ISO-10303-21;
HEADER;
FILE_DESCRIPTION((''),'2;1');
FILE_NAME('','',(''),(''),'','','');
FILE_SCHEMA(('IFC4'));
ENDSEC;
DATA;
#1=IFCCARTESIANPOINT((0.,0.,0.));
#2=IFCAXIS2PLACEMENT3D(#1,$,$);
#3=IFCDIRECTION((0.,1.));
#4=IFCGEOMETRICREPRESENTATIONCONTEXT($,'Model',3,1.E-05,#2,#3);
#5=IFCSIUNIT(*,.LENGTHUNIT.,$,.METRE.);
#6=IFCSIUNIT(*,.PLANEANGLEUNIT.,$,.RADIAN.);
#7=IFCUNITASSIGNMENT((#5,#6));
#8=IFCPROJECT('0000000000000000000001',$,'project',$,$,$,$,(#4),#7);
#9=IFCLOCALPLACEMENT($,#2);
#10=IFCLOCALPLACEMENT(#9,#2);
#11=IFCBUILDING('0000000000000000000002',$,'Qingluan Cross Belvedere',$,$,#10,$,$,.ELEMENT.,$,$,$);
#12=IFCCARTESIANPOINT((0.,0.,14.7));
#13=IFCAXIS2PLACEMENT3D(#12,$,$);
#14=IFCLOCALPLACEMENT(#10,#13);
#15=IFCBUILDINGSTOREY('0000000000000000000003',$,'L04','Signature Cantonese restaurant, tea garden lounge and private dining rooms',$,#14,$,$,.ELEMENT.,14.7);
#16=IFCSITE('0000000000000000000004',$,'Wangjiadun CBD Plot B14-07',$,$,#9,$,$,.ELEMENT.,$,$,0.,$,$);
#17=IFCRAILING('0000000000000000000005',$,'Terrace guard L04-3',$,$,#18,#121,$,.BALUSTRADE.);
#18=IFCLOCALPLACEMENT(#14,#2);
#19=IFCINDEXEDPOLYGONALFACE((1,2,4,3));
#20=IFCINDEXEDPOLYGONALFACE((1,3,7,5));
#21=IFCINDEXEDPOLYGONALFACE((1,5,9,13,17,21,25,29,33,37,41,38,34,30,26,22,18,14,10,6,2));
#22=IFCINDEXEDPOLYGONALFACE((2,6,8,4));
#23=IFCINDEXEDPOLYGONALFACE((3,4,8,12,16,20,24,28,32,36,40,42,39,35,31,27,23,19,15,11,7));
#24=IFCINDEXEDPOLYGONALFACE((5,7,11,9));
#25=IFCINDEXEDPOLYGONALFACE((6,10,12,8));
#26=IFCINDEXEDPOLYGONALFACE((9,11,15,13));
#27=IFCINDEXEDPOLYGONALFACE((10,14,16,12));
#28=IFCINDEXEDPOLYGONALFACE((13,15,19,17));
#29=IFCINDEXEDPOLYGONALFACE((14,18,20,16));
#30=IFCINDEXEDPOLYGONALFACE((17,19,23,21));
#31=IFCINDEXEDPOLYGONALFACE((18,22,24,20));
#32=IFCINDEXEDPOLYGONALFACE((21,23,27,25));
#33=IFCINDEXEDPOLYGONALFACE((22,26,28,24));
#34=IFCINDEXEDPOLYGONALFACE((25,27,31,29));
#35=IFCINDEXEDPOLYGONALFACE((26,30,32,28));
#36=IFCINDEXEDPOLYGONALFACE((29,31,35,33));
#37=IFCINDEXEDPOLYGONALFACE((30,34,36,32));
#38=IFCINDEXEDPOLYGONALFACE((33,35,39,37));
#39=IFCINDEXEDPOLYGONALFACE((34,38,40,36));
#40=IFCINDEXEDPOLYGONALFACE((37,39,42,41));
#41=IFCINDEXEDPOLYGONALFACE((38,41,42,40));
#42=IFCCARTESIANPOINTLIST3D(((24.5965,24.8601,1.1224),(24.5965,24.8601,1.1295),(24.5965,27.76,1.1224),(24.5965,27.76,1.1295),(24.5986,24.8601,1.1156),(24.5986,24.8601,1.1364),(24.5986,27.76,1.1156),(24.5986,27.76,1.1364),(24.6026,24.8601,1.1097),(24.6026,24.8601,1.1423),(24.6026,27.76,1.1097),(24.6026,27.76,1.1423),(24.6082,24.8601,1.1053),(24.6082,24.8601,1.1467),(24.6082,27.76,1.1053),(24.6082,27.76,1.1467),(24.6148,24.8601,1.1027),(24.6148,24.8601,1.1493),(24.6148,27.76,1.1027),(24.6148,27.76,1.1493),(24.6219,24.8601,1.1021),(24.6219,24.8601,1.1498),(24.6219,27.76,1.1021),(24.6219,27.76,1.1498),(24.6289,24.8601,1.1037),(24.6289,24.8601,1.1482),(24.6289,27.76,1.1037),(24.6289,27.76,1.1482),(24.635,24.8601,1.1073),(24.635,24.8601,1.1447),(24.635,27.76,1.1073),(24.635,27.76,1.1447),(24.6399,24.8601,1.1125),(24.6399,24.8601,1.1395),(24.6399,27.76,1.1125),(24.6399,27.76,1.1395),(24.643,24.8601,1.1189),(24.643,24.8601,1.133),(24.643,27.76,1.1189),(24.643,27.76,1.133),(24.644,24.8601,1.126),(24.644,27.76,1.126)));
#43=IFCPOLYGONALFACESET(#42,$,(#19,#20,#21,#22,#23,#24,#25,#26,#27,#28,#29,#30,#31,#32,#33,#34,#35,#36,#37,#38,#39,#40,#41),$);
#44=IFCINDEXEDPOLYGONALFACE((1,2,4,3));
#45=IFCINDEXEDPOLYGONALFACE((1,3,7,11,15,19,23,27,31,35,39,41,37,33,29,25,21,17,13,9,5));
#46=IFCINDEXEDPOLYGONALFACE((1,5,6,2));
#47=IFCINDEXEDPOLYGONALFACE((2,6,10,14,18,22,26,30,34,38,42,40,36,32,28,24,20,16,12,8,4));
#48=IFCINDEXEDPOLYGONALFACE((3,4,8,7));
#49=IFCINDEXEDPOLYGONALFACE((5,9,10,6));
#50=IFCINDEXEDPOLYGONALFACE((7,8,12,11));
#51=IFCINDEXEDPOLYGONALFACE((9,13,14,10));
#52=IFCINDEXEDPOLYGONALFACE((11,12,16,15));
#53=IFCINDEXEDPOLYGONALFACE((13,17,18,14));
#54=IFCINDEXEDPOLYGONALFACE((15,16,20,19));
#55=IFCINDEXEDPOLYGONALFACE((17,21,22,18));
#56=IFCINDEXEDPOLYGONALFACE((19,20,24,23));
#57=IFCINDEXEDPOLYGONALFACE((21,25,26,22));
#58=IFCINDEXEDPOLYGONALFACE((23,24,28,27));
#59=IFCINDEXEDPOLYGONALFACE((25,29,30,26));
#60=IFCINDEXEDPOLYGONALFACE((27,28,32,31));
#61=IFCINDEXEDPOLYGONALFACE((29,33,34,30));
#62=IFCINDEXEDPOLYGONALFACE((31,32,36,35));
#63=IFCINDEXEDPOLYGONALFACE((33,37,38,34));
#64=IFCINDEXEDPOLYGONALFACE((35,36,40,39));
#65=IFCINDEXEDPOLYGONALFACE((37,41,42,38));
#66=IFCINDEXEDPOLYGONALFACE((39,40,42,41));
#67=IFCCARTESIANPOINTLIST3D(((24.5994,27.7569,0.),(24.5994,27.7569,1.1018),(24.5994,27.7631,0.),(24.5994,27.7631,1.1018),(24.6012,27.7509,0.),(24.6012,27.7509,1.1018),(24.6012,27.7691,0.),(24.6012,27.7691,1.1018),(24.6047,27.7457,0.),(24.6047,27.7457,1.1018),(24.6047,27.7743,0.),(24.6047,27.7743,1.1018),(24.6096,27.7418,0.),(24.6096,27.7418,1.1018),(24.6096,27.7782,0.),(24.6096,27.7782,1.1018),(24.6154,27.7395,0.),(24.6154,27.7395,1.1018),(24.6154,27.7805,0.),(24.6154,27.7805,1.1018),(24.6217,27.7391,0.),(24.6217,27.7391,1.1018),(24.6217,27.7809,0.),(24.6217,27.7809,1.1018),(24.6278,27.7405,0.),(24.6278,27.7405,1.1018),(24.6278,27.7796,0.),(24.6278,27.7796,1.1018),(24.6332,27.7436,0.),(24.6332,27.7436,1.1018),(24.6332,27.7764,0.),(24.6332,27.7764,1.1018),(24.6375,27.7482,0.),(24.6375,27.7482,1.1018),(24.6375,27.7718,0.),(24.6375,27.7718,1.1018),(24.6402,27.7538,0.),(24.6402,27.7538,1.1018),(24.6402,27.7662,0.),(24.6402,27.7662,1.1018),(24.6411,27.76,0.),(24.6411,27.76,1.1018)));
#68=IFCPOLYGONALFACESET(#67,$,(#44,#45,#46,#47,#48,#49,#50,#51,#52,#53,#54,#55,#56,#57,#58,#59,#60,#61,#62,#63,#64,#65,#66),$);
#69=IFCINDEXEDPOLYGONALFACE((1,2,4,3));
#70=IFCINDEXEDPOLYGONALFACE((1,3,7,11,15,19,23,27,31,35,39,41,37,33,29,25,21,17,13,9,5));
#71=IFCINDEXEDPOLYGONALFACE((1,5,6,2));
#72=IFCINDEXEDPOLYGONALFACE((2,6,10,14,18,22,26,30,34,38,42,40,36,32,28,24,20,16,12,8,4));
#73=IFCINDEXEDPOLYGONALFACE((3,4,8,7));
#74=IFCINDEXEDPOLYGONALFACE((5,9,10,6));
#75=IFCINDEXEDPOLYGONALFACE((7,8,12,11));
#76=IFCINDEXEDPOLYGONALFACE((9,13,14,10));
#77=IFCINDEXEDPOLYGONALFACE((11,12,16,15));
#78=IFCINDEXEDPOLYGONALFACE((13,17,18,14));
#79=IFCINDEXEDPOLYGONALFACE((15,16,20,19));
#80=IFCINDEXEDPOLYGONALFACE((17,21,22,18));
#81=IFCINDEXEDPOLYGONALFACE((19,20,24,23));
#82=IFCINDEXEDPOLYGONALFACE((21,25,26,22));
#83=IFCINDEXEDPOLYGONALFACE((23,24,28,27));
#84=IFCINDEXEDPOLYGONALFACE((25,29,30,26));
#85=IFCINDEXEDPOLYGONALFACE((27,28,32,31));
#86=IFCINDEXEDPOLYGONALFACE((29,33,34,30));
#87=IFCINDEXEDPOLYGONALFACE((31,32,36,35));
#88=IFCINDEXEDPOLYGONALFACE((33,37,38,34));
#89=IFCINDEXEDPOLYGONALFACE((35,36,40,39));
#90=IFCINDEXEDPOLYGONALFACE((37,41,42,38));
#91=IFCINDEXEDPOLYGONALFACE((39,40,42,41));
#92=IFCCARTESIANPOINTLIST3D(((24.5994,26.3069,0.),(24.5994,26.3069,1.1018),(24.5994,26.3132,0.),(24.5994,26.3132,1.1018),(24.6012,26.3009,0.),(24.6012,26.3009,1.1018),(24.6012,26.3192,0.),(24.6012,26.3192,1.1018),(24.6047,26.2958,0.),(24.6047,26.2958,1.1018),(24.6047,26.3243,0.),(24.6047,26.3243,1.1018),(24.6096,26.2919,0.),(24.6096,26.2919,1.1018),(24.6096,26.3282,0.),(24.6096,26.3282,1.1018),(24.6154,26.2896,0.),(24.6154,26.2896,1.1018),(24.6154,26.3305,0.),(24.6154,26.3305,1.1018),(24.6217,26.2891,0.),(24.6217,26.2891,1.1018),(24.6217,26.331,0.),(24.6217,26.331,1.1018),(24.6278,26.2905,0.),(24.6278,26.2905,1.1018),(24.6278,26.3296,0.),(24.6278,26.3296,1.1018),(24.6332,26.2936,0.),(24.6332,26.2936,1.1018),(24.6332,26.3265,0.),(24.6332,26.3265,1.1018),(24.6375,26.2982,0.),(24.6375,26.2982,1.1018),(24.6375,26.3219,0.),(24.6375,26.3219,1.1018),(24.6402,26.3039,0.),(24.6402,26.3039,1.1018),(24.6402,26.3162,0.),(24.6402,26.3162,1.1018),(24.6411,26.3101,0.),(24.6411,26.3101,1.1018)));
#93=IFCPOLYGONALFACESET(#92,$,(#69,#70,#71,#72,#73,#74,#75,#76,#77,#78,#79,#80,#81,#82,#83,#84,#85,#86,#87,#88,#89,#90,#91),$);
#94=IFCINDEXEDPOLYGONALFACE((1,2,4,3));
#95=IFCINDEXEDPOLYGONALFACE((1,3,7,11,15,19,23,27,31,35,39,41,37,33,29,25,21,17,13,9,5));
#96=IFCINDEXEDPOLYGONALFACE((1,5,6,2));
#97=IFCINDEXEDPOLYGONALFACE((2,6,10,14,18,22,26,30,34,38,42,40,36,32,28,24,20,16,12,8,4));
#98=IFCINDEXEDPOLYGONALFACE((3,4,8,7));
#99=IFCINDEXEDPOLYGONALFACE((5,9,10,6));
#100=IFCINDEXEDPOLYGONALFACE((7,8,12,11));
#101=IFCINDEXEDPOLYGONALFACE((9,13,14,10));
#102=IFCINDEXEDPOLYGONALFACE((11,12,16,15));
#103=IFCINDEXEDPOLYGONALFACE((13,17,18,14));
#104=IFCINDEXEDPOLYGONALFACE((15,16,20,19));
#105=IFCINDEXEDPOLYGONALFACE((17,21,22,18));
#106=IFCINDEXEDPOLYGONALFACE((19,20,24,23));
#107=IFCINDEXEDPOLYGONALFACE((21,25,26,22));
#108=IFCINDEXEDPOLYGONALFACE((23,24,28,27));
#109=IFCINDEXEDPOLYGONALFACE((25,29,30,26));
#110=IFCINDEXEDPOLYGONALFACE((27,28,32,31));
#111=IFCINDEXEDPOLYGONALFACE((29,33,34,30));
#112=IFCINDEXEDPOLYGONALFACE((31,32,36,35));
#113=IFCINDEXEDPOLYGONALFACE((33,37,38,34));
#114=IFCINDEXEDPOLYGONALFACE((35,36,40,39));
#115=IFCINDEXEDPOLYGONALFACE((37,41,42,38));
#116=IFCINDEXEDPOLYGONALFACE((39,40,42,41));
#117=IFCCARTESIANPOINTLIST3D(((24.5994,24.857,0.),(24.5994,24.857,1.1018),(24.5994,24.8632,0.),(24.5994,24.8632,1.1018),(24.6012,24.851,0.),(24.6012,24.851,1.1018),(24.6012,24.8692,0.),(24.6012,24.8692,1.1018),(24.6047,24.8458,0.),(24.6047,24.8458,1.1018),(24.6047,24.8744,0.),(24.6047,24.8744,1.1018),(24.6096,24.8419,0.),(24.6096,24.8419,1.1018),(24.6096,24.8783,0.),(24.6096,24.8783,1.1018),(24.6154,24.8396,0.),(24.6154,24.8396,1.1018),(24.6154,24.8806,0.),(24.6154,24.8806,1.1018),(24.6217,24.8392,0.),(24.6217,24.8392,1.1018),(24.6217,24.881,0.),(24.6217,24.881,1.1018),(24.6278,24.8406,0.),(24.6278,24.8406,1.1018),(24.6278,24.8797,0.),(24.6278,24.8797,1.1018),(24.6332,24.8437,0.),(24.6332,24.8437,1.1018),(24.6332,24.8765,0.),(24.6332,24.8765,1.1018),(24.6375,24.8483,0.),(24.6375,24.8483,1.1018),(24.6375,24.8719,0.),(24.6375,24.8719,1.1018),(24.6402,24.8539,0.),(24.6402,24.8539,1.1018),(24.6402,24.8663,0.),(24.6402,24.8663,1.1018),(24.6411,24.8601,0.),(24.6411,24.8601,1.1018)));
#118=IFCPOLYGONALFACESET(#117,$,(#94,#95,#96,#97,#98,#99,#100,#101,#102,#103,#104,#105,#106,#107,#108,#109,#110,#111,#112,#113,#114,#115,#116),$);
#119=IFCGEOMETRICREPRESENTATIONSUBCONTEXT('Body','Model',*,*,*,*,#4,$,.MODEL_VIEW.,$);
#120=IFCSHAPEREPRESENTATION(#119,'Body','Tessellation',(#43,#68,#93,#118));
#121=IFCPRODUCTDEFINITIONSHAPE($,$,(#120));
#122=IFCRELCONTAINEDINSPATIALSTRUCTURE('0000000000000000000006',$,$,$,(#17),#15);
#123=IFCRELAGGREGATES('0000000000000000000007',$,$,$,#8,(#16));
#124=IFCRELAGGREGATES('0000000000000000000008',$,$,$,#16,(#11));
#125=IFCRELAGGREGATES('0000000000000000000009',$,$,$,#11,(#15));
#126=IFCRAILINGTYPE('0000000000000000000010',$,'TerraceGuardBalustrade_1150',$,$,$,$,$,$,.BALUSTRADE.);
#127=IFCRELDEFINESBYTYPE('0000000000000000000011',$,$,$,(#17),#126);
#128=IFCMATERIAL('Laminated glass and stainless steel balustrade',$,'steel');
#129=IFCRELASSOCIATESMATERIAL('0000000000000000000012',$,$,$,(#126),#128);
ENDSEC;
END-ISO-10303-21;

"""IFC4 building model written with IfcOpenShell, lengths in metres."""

from ifc_helpers import new_model, si_unit, direction, frame, origin, origin_2d, place, context, subcontext, project, spatial, circle, extrude, material, type_object, element, save


model = new_model("IFC4")

# Units and contexts
model_context = context("Model", 3, precision=1e-05, world=origin(), true_north=direction((0.0, 1.0)))
body_context = subcontext(model_context, "Body", "Model", "MODEL_VIEW")
ifc_project = project(units=[si_unit("LENGTHUNIT", "METRE"), si_unit("PLANEANGLEUNIT", "RADIAN")], contexts=[model_context])

# Site, building, storey
site_placement = place(None, origin())
site = spatial("IfcSite", under=ifc_project, at=site_placement, Name="Wangjiadun CBD Plot B14-07", CompositionType="ELEMENT", RefElevation=0.0)
building_placement = place(site_placement, origin())
building = spatial("IfcBuilding", under=site, at=building_placement, Name="Qingluan Cross Belvedere", CompositionType="ELEMENT")
storey_placement = place(building_placement, frame((0.0, 0.0, 14.7)))
storey = spatial("IfcBuildingStorey", under=building, at=storey_placement, Name="L04", Description="Signature Cantonese restaurant, tea garden lounge and private dining rooms", CompositionType="ELEMENT", Elevation=14.7)

# Railing
ifc_material_1 = material(Name="Laminated glass and stainless steel balustrade", Category="steel")
railing_type = type_object("IfcRailingType", Name="TerraceGuardBalustrade_1150", PredefinedType="BALUSTRADE", material=ifc_material_1)
railing_1_placement = place(storey_placement, frame((24.6201, 27.76, 0.0)))
element("IfcRailing", 1, at=railing_1_placement, inside=storey, type_object=railing_type, Name="Terrace guard L04-3", PredefinedType="BALUSTRADE", context=body_context, shape_type="SweptSolid", body=[
    extrude(circle(Radius=0.0239, at=origin_2d()), frame((0.0, 0.0, 1.126), z_axis=(0.0, -1.0, 0.0), x_axis=(1.0, 0.0, 0.0)), (0.0, 0.0, 1.0), 2.8999),
    extrude(circle(Radius=0.021, at=origin_2d()), origin(), (0.0, 0.0, 1.0), 1.1018),
    extrude(circle(Radius=0.021, at=origin_2d()), frame((0.0, -1.45, 0.0)), (0.0, 0.0, 1.0), 1.1018),
    extrude(circle(Radius=0.021, at=origin_2d()), frame((0.0, -2.8999, 0.0)), (0.0, 0.0, 1.0), 1.1018),
])

save(model, "model.ifc")
